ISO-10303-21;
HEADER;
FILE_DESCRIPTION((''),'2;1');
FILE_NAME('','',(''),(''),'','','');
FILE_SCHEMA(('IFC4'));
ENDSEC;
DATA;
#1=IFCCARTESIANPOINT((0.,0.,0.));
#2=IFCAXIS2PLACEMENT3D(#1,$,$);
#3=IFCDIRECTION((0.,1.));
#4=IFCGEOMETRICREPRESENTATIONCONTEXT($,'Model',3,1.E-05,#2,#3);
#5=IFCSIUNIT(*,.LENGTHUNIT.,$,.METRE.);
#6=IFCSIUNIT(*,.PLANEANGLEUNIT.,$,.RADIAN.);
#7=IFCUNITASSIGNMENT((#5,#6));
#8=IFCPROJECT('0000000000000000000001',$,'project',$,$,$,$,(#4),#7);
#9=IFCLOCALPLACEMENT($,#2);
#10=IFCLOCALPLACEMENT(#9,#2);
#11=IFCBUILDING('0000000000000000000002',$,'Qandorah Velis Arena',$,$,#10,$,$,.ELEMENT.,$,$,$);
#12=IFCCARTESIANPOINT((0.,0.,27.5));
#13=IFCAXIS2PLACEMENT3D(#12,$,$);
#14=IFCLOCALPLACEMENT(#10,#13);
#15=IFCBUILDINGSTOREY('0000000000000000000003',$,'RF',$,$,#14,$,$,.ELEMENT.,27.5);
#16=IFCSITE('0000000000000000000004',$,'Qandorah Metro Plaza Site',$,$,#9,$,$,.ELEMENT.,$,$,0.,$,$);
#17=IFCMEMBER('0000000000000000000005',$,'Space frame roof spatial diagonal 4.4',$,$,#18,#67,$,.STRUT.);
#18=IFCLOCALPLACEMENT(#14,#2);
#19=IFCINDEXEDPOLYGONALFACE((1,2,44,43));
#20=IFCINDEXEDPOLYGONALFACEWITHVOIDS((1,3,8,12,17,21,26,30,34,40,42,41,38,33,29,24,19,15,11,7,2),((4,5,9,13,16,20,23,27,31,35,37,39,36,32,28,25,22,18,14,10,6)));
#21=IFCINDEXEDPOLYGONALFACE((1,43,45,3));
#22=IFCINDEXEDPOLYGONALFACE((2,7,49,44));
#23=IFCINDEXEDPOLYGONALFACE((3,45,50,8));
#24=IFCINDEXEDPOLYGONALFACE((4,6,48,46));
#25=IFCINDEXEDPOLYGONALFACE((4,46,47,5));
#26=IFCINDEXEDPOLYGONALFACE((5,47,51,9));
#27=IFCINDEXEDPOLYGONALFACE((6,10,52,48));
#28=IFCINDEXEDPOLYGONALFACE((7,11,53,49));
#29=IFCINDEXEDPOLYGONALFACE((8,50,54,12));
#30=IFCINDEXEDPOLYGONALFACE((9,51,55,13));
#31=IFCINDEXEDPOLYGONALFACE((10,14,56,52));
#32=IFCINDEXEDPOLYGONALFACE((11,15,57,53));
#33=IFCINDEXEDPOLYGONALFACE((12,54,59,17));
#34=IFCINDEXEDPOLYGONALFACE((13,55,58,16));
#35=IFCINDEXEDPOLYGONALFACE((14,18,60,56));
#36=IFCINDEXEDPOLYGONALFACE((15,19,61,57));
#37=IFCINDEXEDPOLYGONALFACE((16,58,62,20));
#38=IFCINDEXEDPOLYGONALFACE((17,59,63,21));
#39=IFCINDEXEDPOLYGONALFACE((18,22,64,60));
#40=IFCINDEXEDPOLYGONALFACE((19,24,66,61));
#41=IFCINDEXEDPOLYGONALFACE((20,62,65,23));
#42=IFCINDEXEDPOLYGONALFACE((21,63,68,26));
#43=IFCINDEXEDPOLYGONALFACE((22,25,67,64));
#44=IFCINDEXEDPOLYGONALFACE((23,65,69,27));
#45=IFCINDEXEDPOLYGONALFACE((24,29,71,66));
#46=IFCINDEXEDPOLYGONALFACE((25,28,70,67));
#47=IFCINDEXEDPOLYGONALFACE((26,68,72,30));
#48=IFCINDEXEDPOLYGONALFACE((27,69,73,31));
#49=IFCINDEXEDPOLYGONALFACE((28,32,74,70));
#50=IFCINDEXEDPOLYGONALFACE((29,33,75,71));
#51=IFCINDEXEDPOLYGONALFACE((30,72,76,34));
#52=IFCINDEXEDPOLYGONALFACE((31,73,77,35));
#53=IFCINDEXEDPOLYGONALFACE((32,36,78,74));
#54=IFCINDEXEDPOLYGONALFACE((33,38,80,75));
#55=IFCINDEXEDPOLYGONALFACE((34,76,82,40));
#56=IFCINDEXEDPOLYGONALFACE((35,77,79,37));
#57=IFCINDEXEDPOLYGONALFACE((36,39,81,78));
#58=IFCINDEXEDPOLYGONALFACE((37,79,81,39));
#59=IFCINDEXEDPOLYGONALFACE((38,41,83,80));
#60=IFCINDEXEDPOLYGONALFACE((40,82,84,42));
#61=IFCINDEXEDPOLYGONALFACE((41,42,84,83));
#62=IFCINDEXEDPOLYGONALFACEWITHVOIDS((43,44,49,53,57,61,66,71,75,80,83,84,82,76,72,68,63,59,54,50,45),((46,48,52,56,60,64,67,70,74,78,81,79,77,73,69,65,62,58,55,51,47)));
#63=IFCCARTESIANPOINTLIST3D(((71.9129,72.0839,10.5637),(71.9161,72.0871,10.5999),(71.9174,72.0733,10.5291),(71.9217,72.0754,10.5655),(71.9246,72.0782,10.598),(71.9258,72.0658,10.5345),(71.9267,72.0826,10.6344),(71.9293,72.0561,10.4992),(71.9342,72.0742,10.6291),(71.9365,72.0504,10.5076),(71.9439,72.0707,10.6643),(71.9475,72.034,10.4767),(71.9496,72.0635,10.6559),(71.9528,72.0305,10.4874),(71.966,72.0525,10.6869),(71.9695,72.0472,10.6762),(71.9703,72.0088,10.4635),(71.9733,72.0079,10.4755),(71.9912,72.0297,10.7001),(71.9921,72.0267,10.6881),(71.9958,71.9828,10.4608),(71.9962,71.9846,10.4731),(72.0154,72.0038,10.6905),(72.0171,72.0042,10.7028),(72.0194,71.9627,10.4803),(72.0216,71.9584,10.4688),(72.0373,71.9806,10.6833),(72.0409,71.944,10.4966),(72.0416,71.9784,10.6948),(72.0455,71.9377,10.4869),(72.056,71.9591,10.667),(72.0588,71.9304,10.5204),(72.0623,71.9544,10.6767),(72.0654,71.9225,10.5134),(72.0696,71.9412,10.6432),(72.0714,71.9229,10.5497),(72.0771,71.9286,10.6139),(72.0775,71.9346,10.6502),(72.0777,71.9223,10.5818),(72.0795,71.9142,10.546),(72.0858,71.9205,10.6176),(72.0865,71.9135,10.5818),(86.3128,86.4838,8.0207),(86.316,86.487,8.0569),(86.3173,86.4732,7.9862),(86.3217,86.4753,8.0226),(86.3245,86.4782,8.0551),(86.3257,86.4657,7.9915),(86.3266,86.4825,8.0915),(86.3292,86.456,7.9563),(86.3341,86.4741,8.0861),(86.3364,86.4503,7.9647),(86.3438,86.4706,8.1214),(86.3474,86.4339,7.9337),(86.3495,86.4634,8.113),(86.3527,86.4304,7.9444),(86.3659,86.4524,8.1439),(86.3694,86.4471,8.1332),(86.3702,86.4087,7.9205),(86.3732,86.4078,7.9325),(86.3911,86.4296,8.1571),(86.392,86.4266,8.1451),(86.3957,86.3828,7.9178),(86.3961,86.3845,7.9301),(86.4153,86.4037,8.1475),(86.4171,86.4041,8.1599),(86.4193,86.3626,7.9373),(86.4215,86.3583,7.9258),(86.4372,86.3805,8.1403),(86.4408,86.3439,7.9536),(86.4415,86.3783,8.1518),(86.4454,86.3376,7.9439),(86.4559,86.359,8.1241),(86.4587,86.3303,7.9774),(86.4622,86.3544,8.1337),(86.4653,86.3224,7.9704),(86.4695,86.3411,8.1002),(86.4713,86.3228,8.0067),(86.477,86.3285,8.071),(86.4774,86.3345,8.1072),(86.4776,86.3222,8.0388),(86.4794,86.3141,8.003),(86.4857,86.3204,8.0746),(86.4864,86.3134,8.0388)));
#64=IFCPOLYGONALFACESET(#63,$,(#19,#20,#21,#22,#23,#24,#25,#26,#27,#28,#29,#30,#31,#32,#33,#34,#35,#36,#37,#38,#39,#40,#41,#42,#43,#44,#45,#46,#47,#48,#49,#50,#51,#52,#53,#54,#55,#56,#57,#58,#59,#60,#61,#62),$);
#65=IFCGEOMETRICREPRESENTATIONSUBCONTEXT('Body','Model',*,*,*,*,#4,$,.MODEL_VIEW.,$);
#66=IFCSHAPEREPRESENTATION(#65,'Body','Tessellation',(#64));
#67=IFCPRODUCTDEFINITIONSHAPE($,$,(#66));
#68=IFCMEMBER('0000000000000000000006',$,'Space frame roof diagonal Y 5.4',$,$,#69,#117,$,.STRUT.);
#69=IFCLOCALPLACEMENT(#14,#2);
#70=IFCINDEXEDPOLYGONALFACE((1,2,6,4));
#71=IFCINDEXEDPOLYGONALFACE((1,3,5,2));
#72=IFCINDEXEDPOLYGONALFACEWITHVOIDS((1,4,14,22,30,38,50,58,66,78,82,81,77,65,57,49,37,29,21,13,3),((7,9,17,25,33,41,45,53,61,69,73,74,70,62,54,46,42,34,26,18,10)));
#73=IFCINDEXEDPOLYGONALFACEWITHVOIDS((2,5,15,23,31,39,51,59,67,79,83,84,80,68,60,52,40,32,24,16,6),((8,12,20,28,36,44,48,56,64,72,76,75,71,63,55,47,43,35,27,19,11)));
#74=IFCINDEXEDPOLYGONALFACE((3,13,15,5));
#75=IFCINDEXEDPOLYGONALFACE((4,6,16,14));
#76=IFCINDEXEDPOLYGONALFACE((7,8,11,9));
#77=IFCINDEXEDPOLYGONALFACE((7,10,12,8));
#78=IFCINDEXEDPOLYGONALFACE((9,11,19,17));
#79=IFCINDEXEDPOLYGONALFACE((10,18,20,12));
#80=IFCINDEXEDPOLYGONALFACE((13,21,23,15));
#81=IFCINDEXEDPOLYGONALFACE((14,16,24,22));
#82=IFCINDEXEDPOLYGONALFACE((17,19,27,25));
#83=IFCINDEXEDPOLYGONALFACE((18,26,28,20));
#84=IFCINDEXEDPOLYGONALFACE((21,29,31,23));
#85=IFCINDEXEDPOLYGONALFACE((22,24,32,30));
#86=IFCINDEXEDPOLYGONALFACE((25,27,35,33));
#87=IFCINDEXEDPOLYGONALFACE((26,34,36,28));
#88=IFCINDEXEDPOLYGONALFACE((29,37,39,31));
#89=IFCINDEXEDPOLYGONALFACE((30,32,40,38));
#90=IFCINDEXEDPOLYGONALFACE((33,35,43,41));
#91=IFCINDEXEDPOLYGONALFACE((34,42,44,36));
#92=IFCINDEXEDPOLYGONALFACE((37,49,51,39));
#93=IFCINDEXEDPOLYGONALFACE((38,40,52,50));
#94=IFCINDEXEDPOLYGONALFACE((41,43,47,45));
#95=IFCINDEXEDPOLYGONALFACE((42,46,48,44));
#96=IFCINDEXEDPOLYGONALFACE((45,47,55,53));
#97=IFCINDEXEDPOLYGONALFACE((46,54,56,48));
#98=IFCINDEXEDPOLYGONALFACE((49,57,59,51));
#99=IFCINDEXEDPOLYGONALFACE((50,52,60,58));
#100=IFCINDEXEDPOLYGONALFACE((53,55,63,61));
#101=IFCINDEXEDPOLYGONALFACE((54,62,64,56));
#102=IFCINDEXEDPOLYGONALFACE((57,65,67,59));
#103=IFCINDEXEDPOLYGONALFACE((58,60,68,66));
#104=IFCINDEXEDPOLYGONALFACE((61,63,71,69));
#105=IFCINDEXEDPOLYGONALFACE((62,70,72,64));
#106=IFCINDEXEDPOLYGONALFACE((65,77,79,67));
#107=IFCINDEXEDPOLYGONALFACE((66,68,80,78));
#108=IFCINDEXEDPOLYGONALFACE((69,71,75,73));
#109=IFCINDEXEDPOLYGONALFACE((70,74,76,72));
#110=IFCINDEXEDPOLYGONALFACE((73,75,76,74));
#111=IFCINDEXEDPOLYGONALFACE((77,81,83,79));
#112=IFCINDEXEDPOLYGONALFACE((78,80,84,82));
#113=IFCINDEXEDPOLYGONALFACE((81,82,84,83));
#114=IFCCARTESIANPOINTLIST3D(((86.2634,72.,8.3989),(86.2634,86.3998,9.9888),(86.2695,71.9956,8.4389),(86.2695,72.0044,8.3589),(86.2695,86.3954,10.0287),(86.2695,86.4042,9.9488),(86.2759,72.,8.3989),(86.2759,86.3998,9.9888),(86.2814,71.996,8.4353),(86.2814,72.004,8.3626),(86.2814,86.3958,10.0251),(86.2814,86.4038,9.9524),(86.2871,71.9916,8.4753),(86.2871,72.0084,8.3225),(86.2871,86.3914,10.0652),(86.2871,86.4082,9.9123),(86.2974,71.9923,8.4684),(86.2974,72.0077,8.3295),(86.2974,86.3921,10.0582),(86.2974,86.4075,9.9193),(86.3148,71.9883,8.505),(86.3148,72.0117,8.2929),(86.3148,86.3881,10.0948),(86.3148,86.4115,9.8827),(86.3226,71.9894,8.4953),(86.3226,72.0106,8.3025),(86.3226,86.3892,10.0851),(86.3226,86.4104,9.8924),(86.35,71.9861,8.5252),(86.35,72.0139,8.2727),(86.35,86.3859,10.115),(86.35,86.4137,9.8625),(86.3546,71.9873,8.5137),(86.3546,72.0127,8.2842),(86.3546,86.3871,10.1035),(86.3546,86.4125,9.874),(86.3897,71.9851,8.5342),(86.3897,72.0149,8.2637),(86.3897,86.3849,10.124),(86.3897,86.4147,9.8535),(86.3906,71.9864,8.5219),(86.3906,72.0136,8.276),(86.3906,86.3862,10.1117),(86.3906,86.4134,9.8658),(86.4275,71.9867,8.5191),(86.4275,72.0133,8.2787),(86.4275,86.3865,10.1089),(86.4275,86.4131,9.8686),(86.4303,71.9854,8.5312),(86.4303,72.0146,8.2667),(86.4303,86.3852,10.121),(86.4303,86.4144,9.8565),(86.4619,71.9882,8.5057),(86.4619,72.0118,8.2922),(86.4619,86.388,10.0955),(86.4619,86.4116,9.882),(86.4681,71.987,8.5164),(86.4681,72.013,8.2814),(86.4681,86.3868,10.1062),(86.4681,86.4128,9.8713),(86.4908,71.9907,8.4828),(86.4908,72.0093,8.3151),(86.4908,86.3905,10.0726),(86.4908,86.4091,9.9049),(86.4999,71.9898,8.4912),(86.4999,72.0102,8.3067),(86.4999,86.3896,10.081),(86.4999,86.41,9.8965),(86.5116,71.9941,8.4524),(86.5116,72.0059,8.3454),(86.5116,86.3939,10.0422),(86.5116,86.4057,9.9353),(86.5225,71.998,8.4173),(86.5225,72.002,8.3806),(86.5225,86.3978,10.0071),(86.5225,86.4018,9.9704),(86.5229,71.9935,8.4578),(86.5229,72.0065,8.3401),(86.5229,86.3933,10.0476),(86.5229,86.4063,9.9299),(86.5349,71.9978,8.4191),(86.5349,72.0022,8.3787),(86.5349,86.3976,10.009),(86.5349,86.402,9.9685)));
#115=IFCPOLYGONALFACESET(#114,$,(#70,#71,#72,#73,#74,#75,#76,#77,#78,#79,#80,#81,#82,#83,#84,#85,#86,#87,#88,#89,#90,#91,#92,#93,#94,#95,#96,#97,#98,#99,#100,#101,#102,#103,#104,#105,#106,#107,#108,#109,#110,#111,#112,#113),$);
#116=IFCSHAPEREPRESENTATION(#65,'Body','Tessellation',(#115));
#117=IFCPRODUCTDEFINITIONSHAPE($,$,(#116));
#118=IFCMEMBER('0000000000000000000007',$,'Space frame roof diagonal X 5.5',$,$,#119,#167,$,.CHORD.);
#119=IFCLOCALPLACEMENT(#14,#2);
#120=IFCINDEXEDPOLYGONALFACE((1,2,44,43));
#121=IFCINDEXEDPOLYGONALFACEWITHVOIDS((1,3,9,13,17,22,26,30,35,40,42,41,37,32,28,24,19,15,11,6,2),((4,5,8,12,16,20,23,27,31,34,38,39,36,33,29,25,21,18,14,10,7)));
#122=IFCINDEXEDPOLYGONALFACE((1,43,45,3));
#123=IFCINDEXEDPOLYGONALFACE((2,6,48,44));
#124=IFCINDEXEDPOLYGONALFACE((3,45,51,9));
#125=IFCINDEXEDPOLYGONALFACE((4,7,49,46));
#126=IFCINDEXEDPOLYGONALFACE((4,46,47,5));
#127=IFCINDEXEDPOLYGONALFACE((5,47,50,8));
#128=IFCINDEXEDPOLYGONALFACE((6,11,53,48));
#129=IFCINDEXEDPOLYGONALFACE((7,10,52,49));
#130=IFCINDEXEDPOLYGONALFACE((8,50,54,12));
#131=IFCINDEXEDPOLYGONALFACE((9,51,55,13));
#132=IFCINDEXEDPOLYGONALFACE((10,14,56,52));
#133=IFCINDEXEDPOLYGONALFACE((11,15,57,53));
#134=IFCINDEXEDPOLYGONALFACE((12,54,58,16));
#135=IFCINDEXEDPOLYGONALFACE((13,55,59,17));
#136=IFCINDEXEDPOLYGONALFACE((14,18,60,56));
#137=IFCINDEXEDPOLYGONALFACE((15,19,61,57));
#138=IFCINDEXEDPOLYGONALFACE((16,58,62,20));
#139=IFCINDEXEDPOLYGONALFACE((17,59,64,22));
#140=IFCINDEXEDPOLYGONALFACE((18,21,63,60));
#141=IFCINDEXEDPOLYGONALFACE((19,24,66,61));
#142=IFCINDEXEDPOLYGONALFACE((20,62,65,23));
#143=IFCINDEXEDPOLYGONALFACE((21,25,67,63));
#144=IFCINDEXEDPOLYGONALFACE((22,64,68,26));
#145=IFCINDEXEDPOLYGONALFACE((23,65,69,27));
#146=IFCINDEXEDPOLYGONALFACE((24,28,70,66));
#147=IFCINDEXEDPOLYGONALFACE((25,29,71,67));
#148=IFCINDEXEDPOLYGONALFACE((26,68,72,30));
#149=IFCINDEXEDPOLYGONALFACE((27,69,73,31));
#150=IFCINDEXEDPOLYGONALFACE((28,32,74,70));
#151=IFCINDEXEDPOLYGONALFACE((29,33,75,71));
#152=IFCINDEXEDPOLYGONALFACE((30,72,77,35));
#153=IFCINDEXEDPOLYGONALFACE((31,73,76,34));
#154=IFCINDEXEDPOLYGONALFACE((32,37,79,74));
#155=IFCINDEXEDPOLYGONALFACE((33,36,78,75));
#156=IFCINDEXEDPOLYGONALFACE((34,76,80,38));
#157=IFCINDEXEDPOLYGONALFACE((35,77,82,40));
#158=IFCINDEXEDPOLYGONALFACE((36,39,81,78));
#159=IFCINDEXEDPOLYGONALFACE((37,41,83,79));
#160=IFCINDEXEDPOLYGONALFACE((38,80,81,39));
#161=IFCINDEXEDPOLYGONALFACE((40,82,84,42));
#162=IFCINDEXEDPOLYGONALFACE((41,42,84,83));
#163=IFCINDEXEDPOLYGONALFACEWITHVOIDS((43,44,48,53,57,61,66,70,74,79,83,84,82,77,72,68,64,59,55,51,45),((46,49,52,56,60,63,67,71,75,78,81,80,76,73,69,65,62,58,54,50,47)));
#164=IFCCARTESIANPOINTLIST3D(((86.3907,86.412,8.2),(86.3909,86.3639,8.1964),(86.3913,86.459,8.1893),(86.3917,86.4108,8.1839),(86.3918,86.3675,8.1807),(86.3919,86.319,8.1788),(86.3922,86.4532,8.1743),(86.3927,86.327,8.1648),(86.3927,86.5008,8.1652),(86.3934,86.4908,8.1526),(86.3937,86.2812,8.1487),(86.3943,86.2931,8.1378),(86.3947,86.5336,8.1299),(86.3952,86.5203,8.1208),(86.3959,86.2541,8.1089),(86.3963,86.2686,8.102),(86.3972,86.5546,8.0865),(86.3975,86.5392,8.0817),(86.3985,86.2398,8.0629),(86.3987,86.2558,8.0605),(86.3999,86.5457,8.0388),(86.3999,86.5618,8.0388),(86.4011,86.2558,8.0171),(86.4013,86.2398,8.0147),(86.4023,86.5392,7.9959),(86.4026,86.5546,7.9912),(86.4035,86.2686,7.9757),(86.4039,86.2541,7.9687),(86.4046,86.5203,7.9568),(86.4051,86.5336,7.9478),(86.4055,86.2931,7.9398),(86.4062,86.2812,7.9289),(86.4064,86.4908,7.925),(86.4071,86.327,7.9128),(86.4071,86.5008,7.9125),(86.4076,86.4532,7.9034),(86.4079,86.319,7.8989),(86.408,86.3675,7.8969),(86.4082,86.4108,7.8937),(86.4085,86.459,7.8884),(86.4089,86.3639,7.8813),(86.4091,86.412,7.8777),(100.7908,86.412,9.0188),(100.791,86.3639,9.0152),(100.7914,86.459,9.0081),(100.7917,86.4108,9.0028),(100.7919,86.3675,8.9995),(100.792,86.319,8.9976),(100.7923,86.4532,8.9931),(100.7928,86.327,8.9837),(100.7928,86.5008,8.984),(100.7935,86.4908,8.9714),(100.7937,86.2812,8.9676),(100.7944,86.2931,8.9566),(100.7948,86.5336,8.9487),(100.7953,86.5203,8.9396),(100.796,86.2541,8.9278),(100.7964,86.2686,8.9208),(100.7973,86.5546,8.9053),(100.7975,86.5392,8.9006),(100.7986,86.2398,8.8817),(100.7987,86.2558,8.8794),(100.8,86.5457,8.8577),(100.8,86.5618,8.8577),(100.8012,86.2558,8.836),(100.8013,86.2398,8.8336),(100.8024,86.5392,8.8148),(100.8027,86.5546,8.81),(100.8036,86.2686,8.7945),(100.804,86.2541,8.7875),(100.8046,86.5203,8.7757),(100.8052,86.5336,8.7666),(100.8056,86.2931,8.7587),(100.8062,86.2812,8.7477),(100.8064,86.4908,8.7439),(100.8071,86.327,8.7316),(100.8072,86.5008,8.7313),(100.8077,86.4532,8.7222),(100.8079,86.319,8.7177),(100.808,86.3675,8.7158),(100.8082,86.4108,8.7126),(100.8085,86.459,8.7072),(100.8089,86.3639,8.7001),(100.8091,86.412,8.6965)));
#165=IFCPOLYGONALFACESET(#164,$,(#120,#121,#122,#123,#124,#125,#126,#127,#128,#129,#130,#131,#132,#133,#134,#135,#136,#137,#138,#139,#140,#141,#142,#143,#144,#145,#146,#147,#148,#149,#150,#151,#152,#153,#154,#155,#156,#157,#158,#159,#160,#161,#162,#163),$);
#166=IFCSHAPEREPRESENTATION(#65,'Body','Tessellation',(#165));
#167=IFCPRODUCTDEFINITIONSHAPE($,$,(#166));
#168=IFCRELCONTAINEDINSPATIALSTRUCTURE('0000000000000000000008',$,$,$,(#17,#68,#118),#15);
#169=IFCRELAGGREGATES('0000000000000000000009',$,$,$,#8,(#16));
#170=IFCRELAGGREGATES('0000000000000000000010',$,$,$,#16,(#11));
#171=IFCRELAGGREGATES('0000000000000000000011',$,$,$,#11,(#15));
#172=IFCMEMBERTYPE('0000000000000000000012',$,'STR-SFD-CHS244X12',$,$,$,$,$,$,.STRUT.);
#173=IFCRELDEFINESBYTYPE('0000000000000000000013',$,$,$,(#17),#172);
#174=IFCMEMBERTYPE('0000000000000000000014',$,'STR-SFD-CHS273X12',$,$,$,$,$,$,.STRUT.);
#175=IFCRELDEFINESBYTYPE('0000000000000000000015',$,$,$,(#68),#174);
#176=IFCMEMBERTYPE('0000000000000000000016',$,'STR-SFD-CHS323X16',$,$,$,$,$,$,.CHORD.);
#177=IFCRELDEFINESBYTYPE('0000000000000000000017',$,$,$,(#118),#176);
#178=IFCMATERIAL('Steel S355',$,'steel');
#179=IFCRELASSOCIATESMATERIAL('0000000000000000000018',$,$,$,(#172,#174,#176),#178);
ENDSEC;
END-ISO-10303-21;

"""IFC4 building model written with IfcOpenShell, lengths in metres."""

from ifc_helpers import new_model, si_unit, direction, frame, origin, origin_2d, place, context, subcontext, project, spatial, hollow_circle, extrude, material, material_profile, profile_set, type_object, element, save


model = new_model("IFC4")

# Units and contexts
model_context = context("Model", 3, precision=1e-05, world=origin(), true_north=direction((0.0, 1.0)))
body_context = subcontext(model_context, "Body", "Model", "MODEL_VIEW")
ifc_project = project(units=[si_unit("LENGTHUNIT", "METRE"), si_unit("PLANEANGLEUNIT", "RADIAN")], contexts=[model_context])

# Site, building, storey
site_placement = place(None, origin())
site = spatial("IfcSite", under=ifc_project, at=site_placement, Name="Qandorah Metro Plaza Site", CompositionType="ELEMENT", RefElevation=0.0)
building_placement = place(site_placement, origin())
building = spatial("IfcBuilding", under=site, at=building_placement, Name="Qandorah Velis Arena", CompositionType="ELEMENT")
storey_placement = place(building_placement, frame((0.0, 0.0, 27.5)))
storey = spatial("IfcBuildingStorey", under=building, at=storey_placement, Name="RF", CompositionType="ELEMENT", Elevation=27.5)

# Shared definitions
ifc_material_1 = material(Name="Steel S355", Category="steel")

# Members
ifc_material_profile_1 = material_profile(ifc_material_1, hollow_circle(Radius=0.1223, WallThickness=0.0125, at=origin_2d()), Name="CHS 244.5x12.5")
ifc_profile_set_1 = profile_set([ifc_material_profile_1], Name="Steel S355")
member_type_1 = type_object("IfcMemberType", Name="STR-SFD-CHS244X12", PredefinedType="STRUT", material=ifc_profile_set_1)
member_1_placement = place(storey_placement, frame((86.3999, 86.3999, 8.0388), z_axis=(-0.701657, -0.701657, 0.12391), x_axis=(0.707107, -0.707107, 0.0)))
element("IfcMember", 1, at=member_1_placement, inside=storey, type_object=member_type_1, Name="Space frame roof spatial diagonal 4.4", PredefinedType="STRUT", context=body_context, shape_type="SweptSolid", body=[
    extrude(hollow_circle(Radius=0.1223, WallThickness=0.0125, at=origin_2d()), origin(), (0.0, 0.0, 1.0), 20.5227),
])
ifc_material_profile_2 = material_profile(ifc_material_1, hollow_circle(Radius=0.1365, WallThickness=0.0125, at=origin_2d()), Name="CHS 273x12.5")
ifc_profile_set_2 = profile_set([ifc_material_profile_2], Name="Steel S355")
member_type_2 = type_object("IfcMemberType", Name="STR-SFD-CHS273X12", PredefinedType="STRUT", material=ifc_profile_set_2)
member_2_placement = place(storey_placement, frame((86.3999, 72.0, 8.3989), z_axis=(0.0, 0.99396, 0.10974), x_axis=(-1.0, 0.0, 0.0)))
element("IfcMember", 2, at=member_2_placement, inside=storey, type_object=member_type_2, Name="Space frame roof diagonal Y 5.4", PredefinedType="STRUT", context=body_context, shape_type="SweptSolid", body=[
    extrude(hollow_circle(Radius=0.1365, WallThickness=0.0125, at=origin_2d()), origin(), (0.0, 0.0, 1.0), 14.4873),
])
ifc_material_profile_3 = material_profile(ifc_material_1, hollow_circle(Radius=0.1619, WallThickness=0.0161, at=origin_2d()), Name="CHS 323.9x16")
ifc_profile_set_3 = profile_set([ifc_material_profile_3], Name="Steel S355")
member_type_3 = type_object("IfcMemberType", Name="STR-SFD-CHS323X16", PredefinedType="CHORD", material=ifc_profile_set_3)
member_3_placement = place(storey_placement, frame((86.3999, 86.3999, 8.0388), z_axis=(0.998387, 0.0, 0.056772), x_axis=(0.0, 1.0, 0.0)))
element("IfcMember", 3, at=member_3_placement, inside=storey, type_object=member_type_3, Name="Space frame roof diagonal X 5.5", PredefinedType="CHORD", context=body_context, shape_type="SweptSolid", body=[
    extrude(hollow_circle(Radius=0.1619, WallThickness=0.0161, at=origin_2d()), origin(), (0.0, 0.0, 1.0), 14.4233),
])

save(model, "model.ifc")
